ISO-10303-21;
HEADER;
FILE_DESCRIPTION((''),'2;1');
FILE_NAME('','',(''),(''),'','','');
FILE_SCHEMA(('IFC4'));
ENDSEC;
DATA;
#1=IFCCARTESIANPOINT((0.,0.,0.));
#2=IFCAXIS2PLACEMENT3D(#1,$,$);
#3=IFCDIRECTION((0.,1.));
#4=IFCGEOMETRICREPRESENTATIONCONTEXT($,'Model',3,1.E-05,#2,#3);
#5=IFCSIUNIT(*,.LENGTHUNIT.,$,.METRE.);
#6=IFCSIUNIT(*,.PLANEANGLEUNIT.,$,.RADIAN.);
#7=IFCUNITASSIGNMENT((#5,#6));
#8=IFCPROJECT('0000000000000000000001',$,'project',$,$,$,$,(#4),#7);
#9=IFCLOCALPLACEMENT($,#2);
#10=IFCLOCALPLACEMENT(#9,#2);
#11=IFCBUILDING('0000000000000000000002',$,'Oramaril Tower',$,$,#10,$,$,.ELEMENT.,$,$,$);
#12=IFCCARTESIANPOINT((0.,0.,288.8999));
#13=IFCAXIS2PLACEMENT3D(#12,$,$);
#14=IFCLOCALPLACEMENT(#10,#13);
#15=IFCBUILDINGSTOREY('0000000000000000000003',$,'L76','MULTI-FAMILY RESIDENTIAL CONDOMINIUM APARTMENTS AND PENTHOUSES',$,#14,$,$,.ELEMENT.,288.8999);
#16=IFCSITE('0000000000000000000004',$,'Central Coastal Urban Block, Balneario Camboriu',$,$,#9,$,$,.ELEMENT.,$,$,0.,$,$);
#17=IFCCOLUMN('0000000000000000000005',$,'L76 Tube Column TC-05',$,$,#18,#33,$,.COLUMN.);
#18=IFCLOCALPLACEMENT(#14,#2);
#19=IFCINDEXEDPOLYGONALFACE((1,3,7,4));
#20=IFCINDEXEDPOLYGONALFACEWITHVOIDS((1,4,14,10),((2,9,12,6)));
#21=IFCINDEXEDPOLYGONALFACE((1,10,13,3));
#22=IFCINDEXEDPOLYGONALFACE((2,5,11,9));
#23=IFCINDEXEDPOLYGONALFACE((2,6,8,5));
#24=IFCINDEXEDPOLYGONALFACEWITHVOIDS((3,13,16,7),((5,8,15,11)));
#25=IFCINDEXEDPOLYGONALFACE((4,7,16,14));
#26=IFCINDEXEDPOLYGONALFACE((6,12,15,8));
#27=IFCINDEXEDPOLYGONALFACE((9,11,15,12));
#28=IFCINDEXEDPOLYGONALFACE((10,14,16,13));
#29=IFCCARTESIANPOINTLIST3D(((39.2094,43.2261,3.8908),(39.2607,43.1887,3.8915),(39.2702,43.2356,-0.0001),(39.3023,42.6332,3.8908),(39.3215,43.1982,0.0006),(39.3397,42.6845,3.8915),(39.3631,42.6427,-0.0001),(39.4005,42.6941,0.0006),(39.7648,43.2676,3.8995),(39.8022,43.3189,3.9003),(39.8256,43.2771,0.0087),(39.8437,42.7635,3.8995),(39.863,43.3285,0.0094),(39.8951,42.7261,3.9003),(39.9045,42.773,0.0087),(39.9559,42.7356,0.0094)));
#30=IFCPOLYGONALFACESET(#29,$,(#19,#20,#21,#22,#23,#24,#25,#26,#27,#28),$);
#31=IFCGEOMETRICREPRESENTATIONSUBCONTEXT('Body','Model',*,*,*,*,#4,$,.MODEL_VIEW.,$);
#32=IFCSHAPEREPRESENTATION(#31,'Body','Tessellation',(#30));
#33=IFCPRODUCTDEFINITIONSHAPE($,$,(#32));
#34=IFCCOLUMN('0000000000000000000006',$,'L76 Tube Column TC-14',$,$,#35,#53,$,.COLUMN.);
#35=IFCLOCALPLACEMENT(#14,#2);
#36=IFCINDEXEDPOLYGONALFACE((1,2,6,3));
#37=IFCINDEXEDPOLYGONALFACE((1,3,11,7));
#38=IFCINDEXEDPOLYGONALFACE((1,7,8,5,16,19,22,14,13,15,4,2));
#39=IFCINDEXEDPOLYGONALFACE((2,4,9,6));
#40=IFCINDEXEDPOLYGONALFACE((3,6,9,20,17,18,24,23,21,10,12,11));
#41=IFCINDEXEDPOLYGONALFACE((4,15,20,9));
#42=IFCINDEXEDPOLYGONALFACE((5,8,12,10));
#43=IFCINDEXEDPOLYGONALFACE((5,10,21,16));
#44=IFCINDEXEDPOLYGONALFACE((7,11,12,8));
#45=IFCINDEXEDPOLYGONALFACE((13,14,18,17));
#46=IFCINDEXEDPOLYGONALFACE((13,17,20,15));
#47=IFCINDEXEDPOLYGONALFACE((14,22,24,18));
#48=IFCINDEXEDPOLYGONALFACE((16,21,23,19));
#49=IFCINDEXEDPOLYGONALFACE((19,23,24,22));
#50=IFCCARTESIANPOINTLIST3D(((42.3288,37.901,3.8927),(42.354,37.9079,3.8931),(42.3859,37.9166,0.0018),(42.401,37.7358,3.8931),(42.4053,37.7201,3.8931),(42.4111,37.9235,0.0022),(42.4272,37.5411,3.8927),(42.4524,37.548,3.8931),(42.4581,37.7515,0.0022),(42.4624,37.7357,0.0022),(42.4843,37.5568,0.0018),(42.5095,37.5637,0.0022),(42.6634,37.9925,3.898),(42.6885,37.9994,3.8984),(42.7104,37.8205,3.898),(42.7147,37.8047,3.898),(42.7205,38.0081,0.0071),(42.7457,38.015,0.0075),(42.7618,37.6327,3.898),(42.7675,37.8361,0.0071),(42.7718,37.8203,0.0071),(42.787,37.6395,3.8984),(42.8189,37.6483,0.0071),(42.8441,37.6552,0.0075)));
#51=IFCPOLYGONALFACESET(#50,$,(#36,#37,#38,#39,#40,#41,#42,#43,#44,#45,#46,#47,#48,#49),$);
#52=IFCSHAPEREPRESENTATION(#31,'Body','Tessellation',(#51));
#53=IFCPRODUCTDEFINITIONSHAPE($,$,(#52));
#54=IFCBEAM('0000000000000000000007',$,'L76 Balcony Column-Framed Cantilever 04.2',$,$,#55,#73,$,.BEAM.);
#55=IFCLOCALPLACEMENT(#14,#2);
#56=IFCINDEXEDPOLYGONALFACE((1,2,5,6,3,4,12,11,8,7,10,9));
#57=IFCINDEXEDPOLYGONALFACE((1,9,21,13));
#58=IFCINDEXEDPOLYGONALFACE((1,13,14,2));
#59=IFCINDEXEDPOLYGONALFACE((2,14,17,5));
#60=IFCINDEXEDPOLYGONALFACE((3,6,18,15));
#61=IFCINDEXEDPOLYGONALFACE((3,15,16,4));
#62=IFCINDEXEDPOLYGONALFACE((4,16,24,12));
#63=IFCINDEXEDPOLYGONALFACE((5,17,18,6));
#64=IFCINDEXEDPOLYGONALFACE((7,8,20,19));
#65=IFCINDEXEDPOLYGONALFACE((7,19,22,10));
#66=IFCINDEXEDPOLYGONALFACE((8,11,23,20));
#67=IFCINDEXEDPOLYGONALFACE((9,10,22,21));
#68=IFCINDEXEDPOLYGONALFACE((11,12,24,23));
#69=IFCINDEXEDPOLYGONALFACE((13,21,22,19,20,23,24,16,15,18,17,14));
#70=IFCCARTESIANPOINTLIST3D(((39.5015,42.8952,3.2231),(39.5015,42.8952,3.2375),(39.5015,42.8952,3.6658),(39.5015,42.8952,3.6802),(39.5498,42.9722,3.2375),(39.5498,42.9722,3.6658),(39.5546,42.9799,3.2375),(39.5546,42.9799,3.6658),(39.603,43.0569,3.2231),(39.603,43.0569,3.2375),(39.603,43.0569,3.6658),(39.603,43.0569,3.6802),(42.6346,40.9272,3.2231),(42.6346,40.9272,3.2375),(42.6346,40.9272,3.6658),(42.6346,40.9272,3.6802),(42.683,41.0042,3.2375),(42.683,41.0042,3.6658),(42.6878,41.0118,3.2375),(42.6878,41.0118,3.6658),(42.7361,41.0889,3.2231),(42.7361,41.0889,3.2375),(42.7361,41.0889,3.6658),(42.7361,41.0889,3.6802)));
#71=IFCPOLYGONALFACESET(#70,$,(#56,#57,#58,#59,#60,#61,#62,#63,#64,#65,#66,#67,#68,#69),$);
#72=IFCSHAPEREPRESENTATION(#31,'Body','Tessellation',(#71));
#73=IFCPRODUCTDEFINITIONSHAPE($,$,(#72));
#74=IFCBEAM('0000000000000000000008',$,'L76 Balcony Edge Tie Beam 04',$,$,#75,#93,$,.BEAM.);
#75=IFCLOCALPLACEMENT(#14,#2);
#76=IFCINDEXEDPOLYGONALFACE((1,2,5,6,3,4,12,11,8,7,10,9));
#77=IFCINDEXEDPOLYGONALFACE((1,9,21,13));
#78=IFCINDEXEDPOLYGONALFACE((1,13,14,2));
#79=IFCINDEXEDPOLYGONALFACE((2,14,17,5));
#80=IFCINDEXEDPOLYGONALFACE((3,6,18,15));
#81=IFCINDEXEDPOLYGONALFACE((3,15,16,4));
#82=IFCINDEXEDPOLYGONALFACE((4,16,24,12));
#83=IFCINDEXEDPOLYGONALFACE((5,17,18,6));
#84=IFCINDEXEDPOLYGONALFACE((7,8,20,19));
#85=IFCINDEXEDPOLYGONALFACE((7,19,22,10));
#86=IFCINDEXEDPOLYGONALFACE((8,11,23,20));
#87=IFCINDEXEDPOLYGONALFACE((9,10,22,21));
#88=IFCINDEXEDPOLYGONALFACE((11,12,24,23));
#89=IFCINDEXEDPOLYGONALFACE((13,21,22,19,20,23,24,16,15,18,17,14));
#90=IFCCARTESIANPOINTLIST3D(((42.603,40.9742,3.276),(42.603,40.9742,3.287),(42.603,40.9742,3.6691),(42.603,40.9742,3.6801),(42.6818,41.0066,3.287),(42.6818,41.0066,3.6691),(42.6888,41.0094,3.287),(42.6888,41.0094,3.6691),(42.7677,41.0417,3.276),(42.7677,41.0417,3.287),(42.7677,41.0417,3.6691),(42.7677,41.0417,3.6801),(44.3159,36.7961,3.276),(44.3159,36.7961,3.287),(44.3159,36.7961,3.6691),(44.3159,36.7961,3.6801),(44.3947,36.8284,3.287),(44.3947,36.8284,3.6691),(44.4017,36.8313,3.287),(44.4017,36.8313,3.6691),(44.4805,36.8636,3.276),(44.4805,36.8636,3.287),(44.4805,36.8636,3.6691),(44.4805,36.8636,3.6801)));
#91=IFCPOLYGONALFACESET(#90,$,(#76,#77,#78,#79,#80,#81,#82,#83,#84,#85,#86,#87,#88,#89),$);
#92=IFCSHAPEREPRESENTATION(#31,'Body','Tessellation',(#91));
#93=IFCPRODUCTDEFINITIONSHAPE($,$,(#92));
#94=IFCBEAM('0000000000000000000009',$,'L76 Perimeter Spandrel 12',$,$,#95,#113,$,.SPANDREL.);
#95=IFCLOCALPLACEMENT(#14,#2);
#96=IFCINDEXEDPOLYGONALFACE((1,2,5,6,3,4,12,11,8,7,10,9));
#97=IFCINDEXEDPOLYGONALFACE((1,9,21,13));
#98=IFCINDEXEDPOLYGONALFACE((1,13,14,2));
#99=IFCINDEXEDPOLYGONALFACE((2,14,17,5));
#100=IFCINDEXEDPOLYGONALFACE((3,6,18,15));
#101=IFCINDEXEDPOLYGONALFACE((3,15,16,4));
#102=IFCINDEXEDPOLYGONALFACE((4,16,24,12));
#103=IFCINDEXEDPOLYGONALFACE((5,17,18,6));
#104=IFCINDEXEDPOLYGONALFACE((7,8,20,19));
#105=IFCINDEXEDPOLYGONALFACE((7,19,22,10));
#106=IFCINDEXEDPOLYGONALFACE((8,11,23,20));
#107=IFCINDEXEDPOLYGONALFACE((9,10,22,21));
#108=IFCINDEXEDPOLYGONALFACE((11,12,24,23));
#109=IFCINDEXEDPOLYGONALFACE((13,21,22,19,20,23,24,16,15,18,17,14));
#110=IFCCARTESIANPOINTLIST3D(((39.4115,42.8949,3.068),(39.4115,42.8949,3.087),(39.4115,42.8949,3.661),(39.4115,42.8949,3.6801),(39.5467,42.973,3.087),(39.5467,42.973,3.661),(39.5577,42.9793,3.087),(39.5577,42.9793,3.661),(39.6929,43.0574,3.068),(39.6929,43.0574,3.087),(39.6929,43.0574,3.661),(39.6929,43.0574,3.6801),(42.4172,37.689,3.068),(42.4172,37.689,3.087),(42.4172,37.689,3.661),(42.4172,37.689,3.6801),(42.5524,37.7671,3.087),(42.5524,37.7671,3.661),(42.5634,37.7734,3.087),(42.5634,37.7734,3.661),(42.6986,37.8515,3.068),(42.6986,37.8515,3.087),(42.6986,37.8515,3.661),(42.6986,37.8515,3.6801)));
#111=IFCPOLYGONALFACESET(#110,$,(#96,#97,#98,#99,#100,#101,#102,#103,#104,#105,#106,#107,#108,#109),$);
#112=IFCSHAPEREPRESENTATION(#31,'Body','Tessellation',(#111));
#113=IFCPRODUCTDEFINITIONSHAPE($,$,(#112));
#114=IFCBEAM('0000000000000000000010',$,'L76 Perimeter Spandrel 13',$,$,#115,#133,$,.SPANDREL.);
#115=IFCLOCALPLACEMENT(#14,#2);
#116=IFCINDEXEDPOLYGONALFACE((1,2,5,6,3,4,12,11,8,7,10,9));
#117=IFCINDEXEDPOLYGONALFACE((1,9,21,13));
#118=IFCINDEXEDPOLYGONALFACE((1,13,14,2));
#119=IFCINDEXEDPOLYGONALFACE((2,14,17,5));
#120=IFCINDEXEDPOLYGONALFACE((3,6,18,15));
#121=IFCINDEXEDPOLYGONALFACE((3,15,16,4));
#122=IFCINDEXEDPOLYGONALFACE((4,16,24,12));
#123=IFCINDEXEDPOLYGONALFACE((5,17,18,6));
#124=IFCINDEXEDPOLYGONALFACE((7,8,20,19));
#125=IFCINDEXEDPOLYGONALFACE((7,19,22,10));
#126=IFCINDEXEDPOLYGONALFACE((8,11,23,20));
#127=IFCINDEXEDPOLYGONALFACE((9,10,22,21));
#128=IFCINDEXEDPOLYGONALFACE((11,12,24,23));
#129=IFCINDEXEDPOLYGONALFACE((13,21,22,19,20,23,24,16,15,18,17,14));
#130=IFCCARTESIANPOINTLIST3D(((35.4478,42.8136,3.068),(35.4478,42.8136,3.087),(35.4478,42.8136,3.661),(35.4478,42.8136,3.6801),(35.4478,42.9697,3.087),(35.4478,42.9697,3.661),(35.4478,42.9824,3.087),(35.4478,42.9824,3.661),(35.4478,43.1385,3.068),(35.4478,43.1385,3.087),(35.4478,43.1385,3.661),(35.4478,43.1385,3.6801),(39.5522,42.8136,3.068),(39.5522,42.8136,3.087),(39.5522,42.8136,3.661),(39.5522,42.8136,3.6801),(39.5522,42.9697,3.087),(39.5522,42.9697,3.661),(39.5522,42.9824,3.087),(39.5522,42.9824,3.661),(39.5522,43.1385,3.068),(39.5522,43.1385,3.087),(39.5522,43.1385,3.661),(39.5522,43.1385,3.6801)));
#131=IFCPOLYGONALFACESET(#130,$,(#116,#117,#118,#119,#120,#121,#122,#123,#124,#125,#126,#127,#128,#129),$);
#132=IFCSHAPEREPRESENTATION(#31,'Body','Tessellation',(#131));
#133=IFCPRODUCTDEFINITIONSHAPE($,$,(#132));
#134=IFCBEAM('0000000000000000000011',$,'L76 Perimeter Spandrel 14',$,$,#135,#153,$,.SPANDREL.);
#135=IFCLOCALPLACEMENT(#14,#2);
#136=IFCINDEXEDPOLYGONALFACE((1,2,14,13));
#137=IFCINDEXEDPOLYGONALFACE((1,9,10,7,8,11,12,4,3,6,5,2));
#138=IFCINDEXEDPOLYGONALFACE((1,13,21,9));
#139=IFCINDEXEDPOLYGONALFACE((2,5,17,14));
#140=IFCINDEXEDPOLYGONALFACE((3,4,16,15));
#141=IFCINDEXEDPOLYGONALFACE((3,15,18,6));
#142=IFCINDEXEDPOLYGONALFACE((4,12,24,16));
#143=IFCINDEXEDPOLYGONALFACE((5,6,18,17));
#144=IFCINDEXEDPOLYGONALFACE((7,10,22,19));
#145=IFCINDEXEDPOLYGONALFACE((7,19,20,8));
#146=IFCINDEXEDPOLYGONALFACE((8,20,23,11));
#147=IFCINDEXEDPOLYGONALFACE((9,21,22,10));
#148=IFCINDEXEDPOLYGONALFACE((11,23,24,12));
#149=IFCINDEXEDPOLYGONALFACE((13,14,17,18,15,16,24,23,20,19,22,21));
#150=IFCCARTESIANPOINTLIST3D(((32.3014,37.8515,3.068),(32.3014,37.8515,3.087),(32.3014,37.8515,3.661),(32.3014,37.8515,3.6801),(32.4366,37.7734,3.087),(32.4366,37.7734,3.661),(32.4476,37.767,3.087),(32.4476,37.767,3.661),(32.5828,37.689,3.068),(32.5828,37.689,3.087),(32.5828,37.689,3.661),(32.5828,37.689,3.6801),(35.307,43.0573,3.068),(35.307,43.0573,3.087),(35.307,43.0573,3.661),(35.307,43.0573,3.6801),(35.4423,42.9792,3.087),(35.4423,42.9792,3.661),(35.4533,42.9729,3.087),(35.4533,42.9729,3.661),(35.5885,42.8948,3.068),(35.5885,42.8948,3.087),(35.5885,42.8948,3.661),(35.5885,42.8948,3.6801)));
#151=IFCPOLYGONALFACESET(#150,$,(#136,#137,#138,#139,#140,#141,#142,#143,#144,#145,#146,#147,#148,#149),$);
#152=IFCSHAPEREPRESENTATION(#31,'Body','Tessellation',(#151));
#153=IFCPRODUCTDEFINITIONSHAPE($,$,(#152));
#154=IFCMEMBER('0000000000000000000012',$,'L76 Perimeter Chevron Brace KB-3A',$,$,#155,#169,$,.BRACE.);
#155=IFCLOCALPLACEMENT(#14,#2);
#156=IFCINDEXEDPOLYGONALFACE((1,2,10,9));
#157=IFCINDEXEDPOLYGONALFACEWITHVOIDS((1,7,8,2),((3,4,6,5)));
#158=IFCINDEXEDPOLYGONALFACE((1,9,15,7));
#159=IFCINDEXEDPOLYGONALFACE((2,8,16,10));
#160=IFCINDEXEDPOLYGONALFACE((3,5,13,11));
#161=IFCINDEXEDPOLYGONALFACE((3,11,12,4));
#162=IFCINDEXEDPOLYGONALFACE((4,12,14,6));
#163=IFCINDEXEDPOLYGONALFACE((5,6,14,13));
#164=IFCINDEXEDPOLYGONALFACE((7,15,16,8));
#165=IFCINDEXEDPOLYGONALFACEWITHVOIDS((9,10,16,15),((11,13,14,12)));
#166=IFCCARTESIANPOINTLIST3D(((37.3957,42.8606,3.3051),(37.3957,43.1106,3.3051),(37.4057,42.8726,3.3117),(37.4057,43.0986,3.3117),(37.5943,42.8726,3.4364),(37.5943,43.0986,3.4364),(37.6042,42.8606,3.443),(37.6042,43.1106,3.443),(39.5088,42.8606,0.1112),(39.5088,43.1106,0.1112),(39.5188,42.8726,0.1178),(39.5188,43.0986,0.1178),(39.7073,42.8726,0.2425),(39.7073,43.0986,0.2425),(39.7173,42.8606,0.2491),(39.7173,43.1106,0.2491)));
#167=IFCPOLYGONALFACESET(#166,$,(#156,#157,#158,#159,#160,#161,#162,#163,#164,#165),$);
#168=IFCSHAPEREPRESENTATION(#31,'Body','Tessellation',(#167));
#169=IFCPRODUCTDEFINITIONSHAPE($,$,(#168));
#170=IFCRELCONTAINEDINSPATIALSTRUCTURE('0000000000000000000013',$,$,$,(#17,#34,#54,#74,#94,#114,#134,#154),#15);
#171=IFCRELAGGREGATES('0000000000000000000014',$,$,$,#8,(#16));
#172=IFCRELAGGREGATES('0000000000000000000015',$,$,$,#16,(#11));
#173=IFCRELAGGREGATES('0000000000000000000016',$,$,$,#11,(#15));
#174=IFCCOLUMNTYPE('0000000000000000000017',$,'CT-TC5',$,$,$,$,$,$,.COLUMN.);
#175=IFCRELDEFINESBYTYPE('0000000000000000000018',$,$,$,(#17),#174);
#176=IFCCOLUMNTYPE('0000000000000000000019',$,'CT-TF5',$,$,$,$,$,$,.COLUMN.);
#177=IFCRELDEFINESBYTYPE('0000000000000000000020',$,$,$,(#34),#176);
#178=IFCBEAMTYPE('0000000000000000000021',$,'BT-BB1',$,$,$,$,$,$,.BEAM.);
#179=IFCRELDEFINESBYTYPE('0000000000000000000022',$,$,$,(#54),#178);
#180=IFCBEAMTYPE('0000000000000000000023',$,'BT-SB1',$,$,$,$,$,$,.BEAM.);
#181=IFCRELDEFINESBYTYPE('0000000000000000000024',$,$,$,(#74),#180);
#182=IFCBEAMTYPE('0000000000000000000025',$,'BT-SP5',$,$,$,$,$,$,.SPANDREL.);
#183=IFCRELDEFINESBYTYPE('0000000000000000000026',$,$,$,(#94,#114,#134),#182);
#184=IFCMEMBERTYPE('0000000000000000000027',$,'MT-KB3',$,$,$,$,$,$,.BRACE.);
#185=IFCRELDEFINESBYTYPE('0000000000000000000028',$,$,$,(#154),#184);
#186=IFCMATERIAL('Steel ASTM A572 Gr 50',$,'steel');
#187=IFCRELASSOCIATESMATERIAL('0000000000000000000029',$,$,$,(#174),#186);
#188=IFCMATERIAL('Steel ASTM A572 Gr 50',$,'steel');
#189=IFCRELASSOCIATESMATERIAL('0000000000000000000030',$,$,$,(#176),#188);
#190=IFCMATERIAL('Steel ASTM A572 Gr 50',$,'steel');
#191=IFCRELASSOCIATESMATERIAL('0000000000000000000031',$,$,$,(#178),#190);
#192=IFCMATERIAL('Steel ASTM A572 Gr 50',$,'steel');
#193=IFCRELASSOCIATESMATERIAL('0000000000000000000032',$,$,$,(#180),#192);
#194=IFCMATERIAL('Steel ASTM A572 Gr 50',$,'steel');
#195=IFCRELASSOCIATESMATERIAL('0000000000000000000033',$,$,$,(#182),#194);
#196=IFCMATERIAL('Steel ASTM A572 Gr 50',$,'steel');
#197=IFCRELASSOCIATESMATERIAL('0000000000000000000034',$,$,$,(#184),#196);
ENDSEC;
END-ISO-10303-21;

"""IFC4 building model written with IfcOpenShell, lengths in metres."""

from ifc_helpers import new_model, si_unit, direction, frame, origin, origin_2d, place, context, subcontext, project, spatial, hollow_rectangle, i_section, extrude, material, material_profile, profile_set, type_object, element, save


model = new_model("IFC4")

# Units and contexts
model_context = context("Model", 3, precision=1e-05, world=origin(), true_north=direction((0.0, 1.0)))
body_context = subcontext(model_context, "Body", "Model", "MODEL_VIEW")
ifc_project = project(units=[si_unit("LENGTHUNIT", "METRE"), si_unit("PLANEANGLEUNIT", "RADIAN")], contexts=[model_context])

# Site, building, storey
site_placement = place(None, origin())
site = spatial("IfcSite", under=ifc_project, at=site_placement, Name="Central Coastal Urban Block, Balneario Camboriu", CompositionType="ELEMENT", RefElevation=0.0)
building_placement = place(site_placement, origin())
building = spatial("IfcBuilding", under=site, at=building_placement, Name="Oramaril Tower", CompositionType="ELEMENT")
storey_placement = place(building_placement, frame((0.0, 0.0, 288.8999)))
storey = spatial("IfcBuildingStorey", under=building, at=storey_placement, Name="L76", Description="MULTI-FAMILY RESIDENTIAL CONDOMINIUM APARTMENTS AND PENTHOUSES", CompositionType="ELEMENT", Elevation=288.8999)

# Columns
ifc_material_1 = material(Name="Steel ASTM A572 Gr 50", Category="steel")
ifc_material_profile_1 = material_profile(ifc_material_1, hollow_rectangle(XDim=0.6001, YDim=0.6001, WallThickness=0.0449, at=origin_2d()), Name="BOX600X600X45")
ifc_profile_set_1 = profile_set([ifc_material_profile_1], Name="Steel ASTM A572 Gr 50")
column_type_1 = type_object("IfcColumnType", Name="CT-TC5", PredefinedType="COLUMN", material=ifc_profile_set_1)
column_1_placement = place(storey_placement, frame((39.613, 42.9856, 0.0046), z_axis=(-0.015622, -0.002447, 0.999875), x_axis=(0.15474, -0.987955, 0.0)))
element("IfcColumn", 1, at=column_1_placement, inside=storey, type_object=column_type_1, Name="L76 Tube Column TC-05", PredefinedType="COLUMN", context=body_context, shape_type="SweptSolid", body=[
    extrude(hollow_rectangle(XDim=0.6001, YDim=0.6001, WallThickness=0.0449, at=origin_2d()), origin(), (0.0, 0.0, 1.0), 3.8914),
])
ifc_material_2 = material(Name="Steel ASTM A572 Gr 50", Category="steel")
ifc_material_profile_2 = material_profile(ifc_material_2, i_section(OverallWidth=0.373, OverallDepth=0.373, WebThickness=0.0164, FlangeThickness=0.0261, at=origin_2d()), Name="W14X132")
ifc_profile_set_2 = profile_set([ifc_material_profile_2], Name="Steel ASTM A572 Gr 50")
column_type_2 = type_object("IfcColumnType", Name="CT-TF5", PredefinedType="COLUMN", material=ifc_profile_set_2)
column_2_placement = place(storey_placement, frame((42.615, 37.7859, 0.0046), z_axis=(-0.014681, -0.004015, 0.999884), x_axis=(0.263815, -0.964573, 0.0)))
element("IfcColumn", 2, at=column_2_placement, inside=storey, type_object=column_type_2, Name="L76 Tube Column TC-14", PredefinedType="COLUMN", context=body_context, shape_type="SweptSolid", body=[
    extrude(i_section(OverallWidth=0.373, OverallDepth=0.373, WebThickness=0.0164, FlangeThickness=0.0261, at=origin_2d()), origin(), (0.0, 0.0, 1.0), 3.8914),
])

# Beams
ifc_material_3 = material(Name="Steel ASTM A572 Gr 50", Category="steel")
ifc_material_profile_3 = material_profile(ifc_material_3, i_section(OverallWidth=0.1909, OverallDepth=0.457, WebThickness=0.009, FlangeThickness=0.0144, at=origin_2d()), Name="W18X50")
ifc_profile_set_3 = profile_set([ifc_material_profile_3], Name="Steel ASTM A572 Gr 50")
beam_type_1 = type_object("IfcBeamType", Name="BT-BB1", PredefinedType="BEAM", material=ifc_profile_set_3)
beam_1_placement = place(storey_placement, frame((39.5522, 42.9761, 3.4517), z_axis=(0.846799, -0.531913, 0.0), x_axis=(0.531913, 0.846799, 0.0)))
element("IfcBeam", 3, at=beam_1_placement, inside=storey, type_object=beam_type_1, Name="L76 Balcony Column-Framed Cantilever 04.2", PredefinedType="BEAM", context=body_context, shape_type="SweptSolid", body=[
    extrude(i_section(OverallWidth=0.1909, OverallDepth=0.457, WebThickness=0.009, FlangeThickness=0.0144, at=origin_2d()), origin(), (0.0, 0.0, 1.0), 3.7),
])
ifc_material_4 = material(Name="Steel ASTM A572 Gr 50", Category="steel")
ifc_material_profile_4 = material_profile(ifc_material_4, i_section(OverallWidth=0.178, OverallDepth=0.4041, WebThickness=0.0076, FlangeThickness=0.011, at=origin_2d()), Name="W16X36")
ifc_profile_set_4 = profile_set([ifc_material_profile_4], Name="Steel ASTM A572 Gr 50")
beam_type_2 = type_object("IfcBeamType", Name="BT-SB1", PredefinedType="BEAM", material=ifc_profile_set_4)
beam_2_placement = place(storey_placement, frame((44.3982, 36.8298, 3.478), z_axis=(-0.379319, 0.925266, 0.0), x_axis=(-0.925266, -0.379319, 0.0)))
element("IfcBeam", 4, at=beam_2_placement, inside=storey, type_object=beam_type_2, Name="L76 Balcony Edge Tie Beam 04", PredefinedType="BEAM", context=body_context, shape_type="SweptSolid", body=[
    extrude(i_section(OverallWidth=0.178, OverallDepth=0.4041, WebThickness=0.0076, FlangeThickness=0.011, at=origin_2d()), origin(), (0.0, 0.0, 1.0), 4.5156),
])
ifc_material_5 = material(Name="Steel ASTM A572 Gr 50", Category="steel")
ifc_material_profile_5 = material_profile(ifc_material_5, i_section(OverallWidth=0.325, OverallDepth=0.6121, WebThickness=0.0127, FlangeThickness=0.019, at=origin_2d()), Name="W24X104")
ifc_profile_set_5 = profile_set([ifc_material_profile_5], Name="Steel ASTM A572 Gr 50")
beam_type_3 = type_object("IfcBeamType", Name="BT-SP5", PredefinedType="SPANDREL", material=ifc_profile_set_5)
beam_3_placement = place(storey_placement, frame((42.5579, 37.7703, 3.374), z_axis=(-0.500005, 0.866023, 0.0), x_axis=(-0.866023, -0.500005, 0.0)))
element("IfcBeam", 5, at=beam_3_placement, inside=storey, type_object=beam_type_3, Name="L76 Perimeter Spandrel 12", PredefinedType="SPANDREL", context=body_context, shape_type="SweptSolid", body=[
    extrude(i_section(OverallWidth=0.325, OverallDepth=0.6121, WebThickness=0.0127, FlangeThickness=0.019, at=origin_2d()), origin(), (0.0, 0.0, 1.0), 6.0112),
])
beam_4_placement = place(storey_placement, frame((39.5522, 42.9761, 3.374), z_axis=(-1.0, 0.0, 0.0), x_axis=(0.0, -1.0, 0.0)))
element("IfcBeam", 6, at=beam_4_placement, inside=storey, type_object=beam_type_3, Name="L76 Perimeter Spandrel 13", PredefinedType="SPANDREL", context=body_context, shape_type="SweptSolid", body=[
    extrude(i_section(OverallWidth=0.325, OverallDepth=0.6121, WebThickness=0.0127, FlangeThickness=0.019, at=origin_2d()), origin(), (0.0, 0.0, 1.0), 4.1045),
])
beam_5_placement = place(storey_placement, frame((35.4478, 42.9761, 3.374), z_axis=(-0.500005, -0.866023, 0.0), x_axis=(0.866023, -0.500005, 0.0)))
element("IfcBeam", 7, at=beam_5_placement, inside=storey, type_object=beam_type_3, Name="L76 Perimeter Spandrel 14", PredefinedType="SPANDREL", context=body_context, shape_type="SweptSolid", body=[
    extrude(i_section(OverallWidth=0.325, OverallDepth=0.6121, WebThickness=0.0127, FlangeThickness=0.019, at=origin_2d()), origin(), (0.0, 0.0, 1.0), 6.0112),
])

# Member
ifc_material_6 = material(Name="Steel ASTM A572 Gr 50", Category="steel")
ifc_material_profile_6 = material_profile(ifc_material_6, hollow_rectangle(XDim=0.25, YDim=0.25, WallThickness=0.012, at=origin_2d()), Name="HSS250X250X12")
ifc_profile_set_6 = profile_set([ifc_material_profile_6], Name="Steel ASTM A572 Gr 50")
member_type = type_object("IfcMemberType", Name="MT-KB3", PredefinedType="BRACE", material=ifc_profile_set_6)
member_placement = place(storey_placement, frame((39.613, 42.9856, 0.1802), z_axis=(-0.551769, 0.0, 0.833997), x_axis=(0.0, -1.0, 0.0)))
element("IfcMember", 8, at=member_placement, inside=storey, type_object=member_type, Name="L76 Perimeter Chevron Brace KB-3A", PredefinedType="BRACE", context=body_context, shape_type="SweptSolid", body=[
    extrude(hollow_rectangle(XDim=0.25, YDim=0.25, WallThickness=0.012, at=origin_2d()), origin(), (0.0, 0.0, 1.0), 3.8296),
])

save(model, "model.ifc")
